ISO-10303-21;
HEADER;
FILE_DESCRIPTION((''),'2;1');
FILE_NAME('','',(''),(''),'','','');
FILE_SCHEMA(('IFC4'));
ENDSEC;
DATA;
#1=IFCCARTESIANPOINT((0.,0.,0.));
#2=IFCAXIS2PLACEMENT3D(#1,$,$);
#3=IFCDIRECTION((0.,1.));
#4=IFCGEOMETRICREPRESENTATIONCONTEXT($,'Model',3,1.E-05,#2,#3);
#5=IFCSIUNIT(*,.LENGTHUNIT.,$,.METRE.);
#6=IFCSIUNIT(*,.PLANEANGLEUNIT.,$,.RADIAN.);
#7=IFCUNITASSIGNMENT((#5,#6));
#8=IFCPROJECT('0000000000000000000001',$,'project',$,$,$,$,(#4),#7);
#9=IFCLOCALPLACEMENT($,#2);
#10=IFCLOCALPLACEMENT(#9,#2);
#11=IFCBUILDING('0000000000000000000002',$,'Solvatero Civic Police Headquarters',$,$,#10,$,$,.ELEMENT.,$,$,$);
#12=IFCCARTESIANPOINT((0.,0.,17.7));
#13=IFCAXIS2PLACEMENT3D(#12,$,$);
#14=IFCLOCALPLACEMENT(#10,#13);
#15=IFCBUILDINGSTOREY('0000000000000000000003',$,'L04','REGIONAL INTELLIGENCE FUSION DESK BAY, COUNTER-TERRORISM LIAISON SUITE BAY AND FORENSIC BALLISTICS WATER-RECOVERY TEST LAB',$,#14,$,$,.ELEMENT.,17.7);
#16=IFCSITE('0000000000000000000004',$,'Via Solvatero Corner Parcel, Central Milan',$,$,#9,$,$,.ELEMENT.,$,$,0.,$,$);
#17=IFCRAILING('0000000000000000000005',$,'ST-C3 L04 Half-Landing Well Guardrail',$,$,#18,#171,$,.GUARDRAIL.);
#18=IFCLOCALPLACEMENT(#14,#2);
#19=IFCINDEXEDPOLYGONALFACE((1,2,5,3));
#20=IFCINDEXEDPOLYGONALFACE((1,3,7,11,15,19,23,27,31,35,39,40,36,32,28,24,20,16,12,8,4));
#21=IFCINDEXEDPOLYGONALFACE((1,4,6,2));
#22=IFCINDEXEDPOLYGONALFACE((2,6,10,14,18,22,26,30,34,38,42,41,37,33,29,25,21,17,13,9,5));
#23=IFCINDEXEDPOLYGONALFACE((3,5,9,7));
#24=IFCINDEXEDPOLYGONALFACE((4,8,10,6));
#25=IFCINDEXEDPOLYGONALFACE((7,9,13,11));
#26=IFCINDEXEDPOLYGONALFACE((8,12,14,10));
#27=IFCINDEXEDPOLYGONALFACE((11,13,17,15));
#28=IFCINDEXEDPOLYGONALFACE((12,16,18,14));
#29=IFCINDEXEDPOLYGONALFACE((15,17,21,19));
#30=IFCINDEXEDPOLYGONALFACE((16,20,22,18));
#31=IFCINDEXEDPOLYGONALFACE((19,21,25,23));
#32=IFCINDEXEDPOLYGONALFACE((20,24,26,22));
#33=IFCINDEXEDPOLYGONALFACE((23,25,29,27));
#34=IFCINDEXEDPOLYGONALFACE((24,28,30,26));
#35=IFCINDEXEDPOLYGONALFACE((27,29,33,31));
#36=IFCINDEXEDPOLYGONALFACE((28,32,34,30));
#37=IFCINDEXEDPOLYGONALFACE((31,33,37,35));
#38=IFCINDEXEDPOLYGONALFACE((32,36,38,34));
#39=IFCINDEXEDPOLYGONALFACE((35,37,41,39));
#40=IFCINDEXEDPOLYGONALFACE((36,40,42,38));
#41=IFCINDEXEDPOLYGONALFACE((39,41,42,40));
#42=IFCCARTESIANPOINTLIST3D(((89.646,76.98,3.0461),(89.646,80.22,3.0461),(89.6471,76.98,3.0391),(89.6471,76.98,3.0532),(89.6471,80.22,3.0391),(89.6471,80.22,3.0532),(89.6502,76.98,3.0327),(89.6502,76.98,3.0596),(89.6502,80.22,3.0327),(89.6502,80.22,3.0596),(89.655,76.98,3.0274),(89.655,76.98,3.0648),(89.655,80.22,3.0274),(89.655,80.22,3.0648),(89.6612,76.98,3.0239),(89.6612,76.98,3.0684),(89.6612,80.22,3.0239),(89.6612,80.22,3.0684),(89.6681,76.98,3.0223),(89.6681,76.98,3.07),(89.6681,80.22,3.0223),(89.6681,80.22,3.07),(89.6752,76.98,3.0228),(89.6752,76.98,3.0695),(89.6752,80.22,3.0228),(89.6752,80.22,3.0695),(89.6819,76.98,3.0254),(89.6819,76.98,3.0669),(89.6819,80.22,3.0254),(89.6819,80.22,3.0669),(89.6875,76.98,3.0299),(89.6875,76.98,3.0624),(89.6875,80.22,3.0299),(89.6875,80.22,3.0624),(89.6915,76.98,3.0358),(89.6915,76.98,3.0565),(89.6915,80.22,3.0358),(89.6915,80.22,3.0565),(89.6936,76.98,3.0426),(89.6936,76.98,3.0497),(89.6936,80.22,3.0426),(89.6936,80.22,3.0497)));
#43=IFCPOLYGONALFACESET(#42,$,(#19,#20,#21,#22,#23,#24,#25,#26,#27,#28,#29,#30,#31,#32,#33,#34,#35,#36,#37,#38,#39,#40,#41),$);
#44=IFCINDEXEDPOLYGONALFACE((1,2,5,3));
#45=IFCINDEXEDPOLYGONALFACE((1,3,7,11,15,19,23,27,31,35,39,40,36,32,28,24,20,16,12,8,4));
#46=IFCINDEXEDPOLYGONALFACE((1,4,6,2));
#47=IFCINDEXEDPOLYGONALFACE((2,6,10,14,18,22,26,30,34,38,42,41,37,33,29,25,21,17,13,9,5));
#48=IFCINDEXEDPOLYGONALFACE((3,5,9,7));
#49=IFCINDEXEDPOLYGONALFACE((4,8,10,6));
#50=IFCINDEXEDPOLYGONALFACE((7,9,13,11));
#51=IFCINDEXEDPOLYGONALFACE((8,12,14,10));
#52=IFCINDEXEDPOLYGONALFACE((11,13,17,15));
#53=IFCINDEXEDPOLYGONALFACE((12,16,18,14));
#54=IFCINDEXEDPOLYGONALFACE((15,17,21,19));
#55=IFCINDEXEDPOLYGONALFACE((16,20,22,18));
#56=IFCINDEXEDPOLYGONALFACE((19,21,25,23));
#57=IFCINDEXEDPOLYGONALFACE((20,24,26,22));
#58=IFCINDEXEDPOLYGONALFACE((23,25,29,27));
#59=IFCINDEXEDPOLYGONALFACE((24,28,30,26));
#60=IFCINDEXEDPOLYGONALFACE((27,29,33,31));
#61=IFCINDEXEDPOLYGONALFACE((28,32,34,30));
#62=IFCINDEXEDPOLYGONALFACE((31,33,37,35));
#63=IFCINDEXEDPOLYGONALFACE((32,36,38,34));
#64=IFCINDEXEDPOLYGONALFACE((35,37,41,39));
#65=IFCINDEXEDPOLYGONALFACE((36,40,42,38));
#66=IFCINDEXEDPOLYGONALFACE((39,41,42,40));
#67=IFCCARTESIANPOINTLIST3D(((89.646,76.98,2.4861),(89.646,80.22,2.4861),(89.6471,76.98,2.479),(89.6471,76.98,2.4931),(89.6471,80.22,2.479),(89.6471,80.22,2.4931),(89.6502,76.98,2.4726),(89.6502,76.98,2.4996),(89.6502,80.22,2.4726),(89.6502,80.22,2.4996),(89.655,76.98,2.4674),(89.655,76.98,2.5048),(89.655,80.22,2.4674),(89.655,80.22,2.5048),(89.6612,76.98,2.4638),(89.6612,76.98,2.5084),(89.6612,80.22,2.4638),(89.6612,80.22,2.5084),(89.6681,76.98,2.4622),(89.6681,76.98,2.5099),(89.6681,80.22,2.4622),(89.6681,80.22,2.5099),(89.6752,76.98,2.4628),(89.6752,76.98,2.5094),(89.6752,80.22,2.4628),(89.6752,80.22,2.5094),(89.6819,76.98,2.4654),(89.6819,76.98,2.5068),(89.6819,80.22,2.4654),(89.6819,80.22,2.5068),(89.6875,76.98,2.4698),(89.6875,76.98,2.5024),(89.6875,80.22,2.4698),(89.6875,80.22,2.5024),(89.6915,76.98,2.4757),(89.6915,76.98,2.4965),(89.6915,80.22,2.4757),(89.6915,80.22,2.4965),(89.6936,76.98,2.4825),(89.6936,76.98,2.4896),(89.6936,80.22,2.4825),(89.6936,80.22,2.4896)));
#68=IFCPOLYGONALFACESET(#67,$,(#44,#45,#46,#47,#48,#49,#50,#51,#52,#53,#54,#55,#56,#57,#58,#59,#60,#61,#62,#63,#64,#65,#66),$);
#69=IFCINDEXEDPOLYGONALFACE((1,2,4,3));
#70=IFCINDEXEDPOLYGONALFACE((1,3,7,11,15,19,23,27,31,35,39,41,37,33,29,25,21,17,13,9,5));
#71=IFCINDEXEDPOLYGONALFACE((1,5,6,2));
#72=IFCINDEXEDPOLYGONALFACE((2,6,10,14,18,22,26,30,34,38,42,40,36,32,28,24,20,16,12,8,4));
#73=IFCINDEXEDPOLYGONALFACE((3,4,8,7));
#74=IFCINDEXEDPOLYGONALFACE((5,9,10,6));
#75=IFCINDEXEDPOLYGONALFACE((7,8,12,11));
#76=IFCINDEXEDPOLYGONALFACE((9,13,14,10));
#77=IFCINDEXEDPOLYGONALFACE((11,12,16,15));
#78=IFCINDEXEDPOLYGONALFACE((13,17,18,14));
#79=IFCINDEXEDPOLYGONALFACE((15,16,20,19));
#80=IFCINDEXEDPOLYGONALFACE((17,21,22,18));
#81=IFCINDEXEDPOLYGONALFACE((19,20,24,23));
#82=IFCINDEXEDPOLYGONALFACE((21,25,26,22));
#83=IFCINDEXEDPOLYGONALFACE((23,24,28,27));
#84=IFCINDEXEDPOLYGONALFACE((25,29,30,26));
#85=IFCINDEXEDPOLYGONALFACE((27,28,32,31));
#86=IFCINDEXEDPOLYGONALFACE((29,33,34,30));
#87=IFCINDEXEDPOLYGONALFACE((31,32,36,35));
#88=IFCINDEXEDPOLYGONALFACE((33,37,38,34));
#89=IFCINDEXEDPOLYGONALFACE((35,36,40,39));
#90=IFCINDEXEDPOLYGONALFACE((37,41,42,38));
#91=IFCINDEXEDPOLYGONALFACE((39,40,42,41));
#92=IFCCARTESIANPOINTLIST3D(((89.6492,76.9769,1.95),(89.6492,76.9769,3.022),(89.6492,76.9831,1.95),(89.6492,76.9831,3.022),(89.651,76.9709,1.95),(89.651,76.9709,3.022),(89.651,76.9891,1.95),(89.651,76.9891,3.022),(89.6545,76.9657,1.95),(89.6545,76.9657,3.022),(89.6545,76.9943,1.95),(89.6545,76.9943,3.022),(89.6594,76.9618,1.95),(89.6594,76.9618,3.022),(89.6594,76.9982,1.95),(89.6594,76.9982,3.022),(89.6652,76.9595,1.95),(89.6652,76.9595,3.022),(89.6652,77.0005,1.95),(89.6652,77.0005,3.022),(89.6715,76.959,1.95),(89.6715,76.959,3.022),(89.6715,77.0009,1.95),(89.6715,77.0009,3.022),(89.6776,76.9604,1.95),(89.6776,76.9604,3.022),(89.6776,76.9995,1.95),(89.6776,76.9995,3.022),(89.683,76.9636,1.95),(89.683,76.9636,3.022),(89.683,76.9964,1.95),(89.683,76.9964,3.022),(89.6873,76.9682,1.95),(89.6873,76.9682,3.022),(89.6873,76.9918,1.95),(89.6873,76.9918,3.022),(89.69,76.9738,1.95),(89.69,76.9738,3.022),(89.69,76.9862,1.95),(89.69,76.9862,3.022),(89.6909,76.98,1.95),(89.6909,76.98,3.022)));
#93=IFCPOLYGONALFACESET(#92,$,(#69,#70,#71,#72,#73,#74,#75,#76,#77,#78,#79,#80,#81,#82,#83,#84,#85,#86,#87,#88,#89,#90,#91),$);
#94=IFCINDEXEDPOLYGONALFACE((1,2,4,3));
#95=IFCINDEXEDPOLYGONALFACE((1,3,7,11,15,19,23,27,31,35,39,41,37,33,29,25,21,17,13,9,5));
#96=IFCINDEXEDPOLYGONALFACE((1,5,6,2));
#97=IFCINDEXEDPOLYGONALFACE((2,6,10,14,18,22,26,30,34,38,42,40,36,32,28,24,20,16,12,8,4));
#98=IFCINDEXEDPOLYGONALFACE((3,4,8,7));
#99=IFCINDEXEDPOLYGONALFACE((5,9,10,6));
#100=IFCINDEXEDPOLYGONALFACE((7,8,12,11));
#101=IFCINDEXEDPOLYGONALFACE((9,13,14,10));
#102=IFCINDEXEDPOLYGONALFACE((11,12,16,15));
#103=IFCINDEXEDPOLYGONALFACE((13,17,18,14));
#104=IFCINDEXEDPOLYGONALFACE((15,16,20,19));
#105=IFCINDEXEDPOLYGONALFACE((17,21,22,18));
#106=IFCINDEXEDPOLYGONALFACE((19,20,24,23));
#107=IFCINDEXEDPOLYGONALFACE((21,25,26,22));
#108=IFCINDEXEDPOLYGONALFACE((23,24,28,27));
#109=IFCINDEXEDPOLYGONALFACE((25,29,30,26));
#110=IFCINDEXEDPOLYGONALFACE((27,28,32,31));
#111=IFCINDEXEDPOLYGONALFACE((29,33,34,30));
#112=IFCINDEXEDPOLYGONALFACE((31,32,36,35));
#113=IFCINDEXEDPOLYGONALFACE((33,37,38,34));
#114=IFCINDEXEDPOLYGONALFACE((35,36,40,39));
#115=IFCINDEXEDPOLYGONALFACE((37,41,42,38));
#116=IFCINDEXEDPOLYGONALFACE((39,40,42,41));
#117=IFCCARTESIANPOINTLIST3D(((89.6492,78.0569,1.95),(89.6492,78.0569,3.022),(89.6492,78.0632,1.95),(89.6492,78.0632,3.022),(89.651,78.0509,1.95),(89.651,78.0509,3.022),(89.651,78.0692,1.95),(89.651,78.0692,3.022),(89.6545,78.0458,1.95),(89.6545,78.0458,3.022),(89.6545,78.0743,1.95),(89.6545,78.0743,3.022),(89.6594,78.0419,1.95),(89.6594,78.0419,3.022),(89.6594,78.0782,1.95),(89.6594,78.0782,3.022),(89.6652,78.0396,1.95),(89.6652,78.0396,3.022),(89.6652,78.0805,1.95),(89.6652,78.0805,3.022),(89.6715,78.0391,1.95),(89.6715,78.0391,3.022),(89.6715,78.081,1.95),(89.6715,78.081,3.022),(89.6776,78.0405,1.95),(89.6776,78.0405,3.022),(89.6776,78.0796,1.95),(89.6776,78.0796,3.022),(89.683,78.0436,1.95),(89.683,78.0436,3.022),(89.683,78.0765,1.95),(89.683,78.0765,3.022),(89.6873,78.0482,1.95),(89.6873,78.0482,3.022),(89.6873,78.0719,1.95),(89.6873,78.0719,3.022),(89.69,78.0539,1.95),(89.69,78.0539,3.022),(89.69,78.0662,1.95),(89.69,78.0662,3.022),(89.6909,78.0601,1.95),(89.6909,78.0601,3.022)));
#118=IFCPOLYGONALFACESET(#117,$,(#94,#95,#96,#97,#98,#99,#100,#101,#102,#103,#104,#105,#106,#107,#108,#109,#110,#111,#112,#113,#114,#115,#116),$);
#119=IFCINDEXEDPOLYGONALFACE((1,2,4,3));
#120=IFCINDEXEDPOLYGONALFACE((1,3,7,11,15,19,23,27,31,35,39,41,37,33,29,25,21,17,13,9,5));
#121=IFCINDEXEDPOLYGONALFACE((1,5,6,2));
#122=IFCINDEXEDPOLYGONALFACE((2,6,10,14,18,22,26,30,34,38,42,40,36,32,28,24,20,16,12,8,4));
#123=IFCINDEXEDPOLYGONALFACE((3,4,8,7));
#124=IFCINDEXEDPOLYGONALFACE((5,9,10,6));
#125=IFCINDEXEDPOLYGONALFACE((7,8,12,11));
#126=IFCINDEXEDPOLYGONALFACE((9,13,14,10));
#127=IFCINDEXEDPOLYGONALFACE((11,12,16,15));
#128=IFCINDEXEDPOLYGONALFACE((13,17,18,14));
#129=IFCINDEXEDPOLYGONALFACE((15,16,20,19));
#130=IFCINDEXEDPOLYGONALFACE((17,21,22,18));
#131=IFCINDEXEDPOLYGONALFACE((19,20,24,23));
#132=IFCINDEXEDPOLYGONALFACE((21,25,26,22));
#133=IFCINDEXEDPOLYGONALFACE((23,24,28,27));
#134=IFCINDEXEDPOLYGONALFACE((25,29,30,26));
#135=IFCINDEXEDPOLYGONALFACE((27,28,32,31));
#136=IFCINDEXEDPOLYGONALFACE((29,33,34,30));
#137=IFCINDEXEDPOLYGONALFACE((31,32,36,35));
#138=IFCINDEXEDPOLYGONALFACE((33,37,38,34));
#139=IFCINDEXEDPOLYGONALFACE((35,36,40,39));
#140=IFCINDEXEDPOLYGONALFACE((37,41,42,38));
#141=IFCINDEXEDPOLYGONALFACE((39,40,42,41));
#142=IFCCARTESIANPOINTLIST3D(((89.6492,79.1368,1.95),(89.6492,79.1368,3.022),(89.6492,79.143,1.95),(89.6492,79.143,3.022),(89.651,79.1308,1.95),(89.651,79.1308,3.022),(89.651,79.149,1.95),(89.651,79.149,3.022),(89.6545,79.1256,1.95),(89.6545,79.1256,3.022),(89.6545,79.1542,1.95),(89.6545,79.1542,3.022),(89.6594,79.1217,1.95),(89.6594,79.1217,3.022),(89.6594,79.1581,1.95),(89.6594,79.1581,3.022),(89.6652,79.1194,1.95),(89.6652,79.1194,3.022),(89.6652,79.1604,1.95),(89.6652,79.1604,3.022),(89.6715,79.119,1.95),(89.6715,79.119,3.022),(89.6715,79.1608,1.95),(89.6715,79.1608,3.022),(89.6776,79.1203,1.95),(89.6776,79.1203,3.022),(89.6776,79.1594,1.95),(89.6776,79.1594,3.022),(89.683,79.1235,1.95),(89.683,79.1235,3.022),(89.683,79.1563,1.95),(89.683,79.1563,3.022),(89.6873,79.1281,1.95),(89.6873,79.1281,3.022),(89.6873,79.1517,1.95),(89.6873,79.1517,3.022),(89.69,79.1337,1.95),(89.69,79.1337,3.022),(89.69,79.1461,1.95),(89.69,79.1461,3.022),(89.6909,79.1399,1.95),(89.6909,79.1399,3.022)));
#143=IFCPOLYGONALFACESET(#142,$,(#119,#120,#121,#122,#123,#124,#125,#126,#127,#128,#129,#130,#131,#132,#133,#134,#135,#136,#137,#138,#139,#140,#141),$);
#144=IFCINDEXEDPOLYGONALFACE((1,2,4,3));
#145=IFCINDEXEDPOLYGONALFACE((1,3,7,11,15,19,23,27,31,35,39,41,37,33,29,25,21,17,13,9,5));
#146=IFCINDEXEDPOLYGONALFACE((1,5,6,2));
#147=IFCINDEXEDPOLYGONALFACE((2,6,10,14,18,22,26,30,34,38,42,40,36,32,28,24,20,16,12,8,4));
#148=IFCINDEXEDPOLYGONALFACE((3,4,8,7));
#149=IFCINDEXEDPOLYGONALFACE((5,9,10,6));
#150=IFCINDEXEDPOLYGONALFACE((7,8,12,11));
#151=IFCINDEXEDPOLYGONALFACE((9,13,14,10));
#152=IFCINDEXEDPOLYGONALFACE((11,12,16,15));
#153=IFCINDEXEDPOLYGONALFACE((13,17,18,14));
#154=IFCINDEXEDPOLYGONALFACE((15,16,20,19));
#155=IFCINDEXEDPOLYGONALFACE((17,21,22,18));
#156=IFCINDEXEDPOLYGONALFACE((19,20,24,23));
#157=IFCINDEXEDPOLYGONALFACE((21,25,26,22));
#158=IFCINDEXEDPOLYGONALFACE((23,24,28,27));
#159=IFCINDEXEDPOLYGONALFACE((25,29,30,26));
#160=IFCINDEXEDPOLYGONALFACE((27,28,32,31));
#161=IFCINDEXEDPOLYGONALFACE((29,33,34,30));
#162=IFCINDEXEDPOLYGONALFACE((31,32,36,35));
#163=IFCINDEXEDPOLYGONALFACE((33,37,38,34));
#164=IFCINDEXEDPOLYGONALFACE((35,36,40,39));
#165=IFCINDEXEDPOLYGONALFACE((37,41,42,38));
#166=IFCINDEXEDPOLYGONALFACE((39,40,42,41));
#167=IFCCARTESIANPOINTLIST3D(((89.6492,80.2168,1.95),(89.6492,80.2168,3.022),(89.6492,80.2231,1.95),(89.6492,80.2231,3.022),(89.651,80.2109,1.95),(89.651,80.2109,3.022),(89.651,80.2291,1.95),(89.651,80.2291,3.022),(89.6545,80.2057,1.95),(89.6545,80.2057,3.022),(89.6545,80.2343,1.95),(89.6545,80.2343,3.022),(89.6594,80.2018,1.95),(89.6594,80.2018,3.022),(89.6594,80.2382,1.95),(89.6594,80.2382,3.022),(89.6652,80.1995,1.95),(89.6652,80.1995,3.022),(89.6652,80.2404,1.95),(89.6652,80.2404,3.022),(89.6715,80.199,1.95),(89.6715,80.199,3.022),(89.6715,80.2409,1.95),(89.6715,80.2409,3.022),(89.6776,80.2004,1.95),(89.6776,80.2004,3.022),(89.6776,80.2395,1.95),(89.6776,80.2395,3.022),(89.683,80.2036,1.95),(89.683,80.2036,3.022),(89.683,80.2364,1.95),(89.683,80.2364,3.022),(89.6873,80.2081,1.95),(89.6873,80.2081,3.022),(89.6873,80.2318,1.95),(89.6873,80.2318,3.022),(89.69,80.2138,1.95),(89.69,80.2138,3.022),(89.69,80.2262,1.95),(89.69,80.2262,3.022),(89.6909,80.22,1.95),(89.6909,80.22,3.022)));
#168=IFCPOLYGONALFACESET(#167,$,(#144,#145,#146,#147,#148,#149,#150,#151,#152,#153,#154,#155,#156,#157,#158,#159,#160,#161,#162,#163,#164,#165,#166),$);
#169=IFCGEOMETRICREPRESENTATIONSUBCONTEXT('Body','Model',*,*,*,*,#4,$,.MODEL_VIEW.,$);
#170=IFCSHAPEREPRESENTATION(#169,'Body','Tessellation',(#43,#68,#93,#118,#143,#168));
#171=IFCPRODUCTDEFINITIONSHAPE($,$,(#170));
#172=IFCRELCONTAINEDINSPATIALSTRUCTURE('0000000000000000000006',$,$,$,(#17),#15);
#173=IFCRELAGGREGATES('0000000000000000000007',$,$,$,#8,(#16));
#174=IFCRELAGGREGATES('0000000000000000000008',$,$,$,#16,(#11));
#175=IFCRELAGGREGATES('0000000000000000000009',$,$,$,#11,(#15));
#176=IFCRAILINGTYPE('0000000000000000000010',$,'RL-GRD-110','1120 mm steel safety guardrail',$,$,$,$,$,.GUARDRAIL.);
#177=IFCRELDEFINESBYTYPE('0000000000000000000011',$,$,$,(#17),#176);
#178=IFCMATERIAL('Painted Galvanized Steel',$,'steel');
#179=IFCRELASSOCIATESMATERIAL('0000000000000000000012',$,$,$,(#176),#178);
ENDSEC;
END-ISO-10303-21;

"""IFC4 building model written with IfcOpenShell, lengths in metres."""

from ifc_helpers import new_model, si_unit, direction, frame, origin, origin_2d, place, context, subcontext, project, spatial, circle, extrude, material, type_object, element, save


model = new_model("IFC4")

# Units and contexts
model_context = context("Model", 3, precision=1e-05, world=origin(), true_north=direction((0.0, 1.0)))
body_context = subcontext(model_context, "Body", "Model", "MODEL_VIEW")
ifc_project = project(units=[si_unit("LENGTHUNIT", "METRE"), si_unit("PLANEANGLEUNIT", "RADIAN")], contexts=[model_context])

# Site, building, storey
site_placement = place(None, origin())
site = spatial("IfcSite", under=ifc_project, at=site_placement, Name="Via Solvatero Corner Parcel, Central Milan", CompositionType="ELEMENT", RefElevation=0.0)
building_placement = place(site_placement, origin())
building = spatial("IfcBuilding", under=site, at=building_placement, Name="Solvatero Civic Police Headquarters", CompositionType="ELEMENT")
storey_placement = place(building_placement, frame((0.0, 0.0, 17.7)))
storey = spatial("IfcBuildingStorey", under=building, at=storey_placement, Name="L04", Description="REGIONAL INTELLIGENCE FUSION DESK BAY, COUNTER-TERRORISM LIAISON SUITE BAY AND FORENSIC BALLISTICS WATER-RECOVERY TEST LAB", CompositionType="ELEMENT", Elevation=17.7)

# Railing
ifc_material_1 = material(Name="Painted Galvanized Steel", Category="steel")
railing_type_1 = type_object("IfcRailingType", Name="RL-GRD-110", Description="1120 mm steel safety guardrail", PredefinedType="GUARDRAIL", material=ifc_material_1)
railing_1_placement = place(storey_placement, frame((89.6699, 76.98, 1.95)))
element("IfcRailing", 1, at=railing_1_placement, inside=storey, type_object=railing_type_1, Name="ST-C3 L04 Half-Landing Well Guardrail", PredefinedType="GUARDRAIL", context=body_context, shape_type="SweptSolid", body=[
    extrude(circle(Radius=0.0239, at=origin_2d()), frame((0.0, 0.0, 1.0962), z_axis=(0.0, 1.0, 0.0), x_axis=(-1.0, 0.0, 0.0)), (0.0, 0.0, 1.0), 3.24),
    extrude(circle(Radius=0.0239, at=origin_2d()), frame((0.0, 0.0, 0.5361), z_axis=(0.0, 1.0, 0.0), x_axis=(-1.0, 0.0, 0.0)), (0.0, 0.0, 1.0), 3.24),
    extrude(circle(Radius=0.021, at=origin_2d()), origin(), (0.0, 0.0, 1.0), 1.072),
    extrude(circle(Radius=0.021, at=origin_2d()), frame((0.0, 1.0801, 0.0)), (0.0, 0.0, 1.0), 1.072),
    extrude(circle(Radius=0.021, at=origin_2d()), frame((0.0, 2.1599, 0.0)), (0.0, 0.0, 1.0), 1.072),
    extrude(circle(Radius=0.021, at=origin_2d()), frame((0.0, 3.24, 0.0)), (0.0, 0.0, 1.0), 1.072),
])

save(model, "model.ifc")
